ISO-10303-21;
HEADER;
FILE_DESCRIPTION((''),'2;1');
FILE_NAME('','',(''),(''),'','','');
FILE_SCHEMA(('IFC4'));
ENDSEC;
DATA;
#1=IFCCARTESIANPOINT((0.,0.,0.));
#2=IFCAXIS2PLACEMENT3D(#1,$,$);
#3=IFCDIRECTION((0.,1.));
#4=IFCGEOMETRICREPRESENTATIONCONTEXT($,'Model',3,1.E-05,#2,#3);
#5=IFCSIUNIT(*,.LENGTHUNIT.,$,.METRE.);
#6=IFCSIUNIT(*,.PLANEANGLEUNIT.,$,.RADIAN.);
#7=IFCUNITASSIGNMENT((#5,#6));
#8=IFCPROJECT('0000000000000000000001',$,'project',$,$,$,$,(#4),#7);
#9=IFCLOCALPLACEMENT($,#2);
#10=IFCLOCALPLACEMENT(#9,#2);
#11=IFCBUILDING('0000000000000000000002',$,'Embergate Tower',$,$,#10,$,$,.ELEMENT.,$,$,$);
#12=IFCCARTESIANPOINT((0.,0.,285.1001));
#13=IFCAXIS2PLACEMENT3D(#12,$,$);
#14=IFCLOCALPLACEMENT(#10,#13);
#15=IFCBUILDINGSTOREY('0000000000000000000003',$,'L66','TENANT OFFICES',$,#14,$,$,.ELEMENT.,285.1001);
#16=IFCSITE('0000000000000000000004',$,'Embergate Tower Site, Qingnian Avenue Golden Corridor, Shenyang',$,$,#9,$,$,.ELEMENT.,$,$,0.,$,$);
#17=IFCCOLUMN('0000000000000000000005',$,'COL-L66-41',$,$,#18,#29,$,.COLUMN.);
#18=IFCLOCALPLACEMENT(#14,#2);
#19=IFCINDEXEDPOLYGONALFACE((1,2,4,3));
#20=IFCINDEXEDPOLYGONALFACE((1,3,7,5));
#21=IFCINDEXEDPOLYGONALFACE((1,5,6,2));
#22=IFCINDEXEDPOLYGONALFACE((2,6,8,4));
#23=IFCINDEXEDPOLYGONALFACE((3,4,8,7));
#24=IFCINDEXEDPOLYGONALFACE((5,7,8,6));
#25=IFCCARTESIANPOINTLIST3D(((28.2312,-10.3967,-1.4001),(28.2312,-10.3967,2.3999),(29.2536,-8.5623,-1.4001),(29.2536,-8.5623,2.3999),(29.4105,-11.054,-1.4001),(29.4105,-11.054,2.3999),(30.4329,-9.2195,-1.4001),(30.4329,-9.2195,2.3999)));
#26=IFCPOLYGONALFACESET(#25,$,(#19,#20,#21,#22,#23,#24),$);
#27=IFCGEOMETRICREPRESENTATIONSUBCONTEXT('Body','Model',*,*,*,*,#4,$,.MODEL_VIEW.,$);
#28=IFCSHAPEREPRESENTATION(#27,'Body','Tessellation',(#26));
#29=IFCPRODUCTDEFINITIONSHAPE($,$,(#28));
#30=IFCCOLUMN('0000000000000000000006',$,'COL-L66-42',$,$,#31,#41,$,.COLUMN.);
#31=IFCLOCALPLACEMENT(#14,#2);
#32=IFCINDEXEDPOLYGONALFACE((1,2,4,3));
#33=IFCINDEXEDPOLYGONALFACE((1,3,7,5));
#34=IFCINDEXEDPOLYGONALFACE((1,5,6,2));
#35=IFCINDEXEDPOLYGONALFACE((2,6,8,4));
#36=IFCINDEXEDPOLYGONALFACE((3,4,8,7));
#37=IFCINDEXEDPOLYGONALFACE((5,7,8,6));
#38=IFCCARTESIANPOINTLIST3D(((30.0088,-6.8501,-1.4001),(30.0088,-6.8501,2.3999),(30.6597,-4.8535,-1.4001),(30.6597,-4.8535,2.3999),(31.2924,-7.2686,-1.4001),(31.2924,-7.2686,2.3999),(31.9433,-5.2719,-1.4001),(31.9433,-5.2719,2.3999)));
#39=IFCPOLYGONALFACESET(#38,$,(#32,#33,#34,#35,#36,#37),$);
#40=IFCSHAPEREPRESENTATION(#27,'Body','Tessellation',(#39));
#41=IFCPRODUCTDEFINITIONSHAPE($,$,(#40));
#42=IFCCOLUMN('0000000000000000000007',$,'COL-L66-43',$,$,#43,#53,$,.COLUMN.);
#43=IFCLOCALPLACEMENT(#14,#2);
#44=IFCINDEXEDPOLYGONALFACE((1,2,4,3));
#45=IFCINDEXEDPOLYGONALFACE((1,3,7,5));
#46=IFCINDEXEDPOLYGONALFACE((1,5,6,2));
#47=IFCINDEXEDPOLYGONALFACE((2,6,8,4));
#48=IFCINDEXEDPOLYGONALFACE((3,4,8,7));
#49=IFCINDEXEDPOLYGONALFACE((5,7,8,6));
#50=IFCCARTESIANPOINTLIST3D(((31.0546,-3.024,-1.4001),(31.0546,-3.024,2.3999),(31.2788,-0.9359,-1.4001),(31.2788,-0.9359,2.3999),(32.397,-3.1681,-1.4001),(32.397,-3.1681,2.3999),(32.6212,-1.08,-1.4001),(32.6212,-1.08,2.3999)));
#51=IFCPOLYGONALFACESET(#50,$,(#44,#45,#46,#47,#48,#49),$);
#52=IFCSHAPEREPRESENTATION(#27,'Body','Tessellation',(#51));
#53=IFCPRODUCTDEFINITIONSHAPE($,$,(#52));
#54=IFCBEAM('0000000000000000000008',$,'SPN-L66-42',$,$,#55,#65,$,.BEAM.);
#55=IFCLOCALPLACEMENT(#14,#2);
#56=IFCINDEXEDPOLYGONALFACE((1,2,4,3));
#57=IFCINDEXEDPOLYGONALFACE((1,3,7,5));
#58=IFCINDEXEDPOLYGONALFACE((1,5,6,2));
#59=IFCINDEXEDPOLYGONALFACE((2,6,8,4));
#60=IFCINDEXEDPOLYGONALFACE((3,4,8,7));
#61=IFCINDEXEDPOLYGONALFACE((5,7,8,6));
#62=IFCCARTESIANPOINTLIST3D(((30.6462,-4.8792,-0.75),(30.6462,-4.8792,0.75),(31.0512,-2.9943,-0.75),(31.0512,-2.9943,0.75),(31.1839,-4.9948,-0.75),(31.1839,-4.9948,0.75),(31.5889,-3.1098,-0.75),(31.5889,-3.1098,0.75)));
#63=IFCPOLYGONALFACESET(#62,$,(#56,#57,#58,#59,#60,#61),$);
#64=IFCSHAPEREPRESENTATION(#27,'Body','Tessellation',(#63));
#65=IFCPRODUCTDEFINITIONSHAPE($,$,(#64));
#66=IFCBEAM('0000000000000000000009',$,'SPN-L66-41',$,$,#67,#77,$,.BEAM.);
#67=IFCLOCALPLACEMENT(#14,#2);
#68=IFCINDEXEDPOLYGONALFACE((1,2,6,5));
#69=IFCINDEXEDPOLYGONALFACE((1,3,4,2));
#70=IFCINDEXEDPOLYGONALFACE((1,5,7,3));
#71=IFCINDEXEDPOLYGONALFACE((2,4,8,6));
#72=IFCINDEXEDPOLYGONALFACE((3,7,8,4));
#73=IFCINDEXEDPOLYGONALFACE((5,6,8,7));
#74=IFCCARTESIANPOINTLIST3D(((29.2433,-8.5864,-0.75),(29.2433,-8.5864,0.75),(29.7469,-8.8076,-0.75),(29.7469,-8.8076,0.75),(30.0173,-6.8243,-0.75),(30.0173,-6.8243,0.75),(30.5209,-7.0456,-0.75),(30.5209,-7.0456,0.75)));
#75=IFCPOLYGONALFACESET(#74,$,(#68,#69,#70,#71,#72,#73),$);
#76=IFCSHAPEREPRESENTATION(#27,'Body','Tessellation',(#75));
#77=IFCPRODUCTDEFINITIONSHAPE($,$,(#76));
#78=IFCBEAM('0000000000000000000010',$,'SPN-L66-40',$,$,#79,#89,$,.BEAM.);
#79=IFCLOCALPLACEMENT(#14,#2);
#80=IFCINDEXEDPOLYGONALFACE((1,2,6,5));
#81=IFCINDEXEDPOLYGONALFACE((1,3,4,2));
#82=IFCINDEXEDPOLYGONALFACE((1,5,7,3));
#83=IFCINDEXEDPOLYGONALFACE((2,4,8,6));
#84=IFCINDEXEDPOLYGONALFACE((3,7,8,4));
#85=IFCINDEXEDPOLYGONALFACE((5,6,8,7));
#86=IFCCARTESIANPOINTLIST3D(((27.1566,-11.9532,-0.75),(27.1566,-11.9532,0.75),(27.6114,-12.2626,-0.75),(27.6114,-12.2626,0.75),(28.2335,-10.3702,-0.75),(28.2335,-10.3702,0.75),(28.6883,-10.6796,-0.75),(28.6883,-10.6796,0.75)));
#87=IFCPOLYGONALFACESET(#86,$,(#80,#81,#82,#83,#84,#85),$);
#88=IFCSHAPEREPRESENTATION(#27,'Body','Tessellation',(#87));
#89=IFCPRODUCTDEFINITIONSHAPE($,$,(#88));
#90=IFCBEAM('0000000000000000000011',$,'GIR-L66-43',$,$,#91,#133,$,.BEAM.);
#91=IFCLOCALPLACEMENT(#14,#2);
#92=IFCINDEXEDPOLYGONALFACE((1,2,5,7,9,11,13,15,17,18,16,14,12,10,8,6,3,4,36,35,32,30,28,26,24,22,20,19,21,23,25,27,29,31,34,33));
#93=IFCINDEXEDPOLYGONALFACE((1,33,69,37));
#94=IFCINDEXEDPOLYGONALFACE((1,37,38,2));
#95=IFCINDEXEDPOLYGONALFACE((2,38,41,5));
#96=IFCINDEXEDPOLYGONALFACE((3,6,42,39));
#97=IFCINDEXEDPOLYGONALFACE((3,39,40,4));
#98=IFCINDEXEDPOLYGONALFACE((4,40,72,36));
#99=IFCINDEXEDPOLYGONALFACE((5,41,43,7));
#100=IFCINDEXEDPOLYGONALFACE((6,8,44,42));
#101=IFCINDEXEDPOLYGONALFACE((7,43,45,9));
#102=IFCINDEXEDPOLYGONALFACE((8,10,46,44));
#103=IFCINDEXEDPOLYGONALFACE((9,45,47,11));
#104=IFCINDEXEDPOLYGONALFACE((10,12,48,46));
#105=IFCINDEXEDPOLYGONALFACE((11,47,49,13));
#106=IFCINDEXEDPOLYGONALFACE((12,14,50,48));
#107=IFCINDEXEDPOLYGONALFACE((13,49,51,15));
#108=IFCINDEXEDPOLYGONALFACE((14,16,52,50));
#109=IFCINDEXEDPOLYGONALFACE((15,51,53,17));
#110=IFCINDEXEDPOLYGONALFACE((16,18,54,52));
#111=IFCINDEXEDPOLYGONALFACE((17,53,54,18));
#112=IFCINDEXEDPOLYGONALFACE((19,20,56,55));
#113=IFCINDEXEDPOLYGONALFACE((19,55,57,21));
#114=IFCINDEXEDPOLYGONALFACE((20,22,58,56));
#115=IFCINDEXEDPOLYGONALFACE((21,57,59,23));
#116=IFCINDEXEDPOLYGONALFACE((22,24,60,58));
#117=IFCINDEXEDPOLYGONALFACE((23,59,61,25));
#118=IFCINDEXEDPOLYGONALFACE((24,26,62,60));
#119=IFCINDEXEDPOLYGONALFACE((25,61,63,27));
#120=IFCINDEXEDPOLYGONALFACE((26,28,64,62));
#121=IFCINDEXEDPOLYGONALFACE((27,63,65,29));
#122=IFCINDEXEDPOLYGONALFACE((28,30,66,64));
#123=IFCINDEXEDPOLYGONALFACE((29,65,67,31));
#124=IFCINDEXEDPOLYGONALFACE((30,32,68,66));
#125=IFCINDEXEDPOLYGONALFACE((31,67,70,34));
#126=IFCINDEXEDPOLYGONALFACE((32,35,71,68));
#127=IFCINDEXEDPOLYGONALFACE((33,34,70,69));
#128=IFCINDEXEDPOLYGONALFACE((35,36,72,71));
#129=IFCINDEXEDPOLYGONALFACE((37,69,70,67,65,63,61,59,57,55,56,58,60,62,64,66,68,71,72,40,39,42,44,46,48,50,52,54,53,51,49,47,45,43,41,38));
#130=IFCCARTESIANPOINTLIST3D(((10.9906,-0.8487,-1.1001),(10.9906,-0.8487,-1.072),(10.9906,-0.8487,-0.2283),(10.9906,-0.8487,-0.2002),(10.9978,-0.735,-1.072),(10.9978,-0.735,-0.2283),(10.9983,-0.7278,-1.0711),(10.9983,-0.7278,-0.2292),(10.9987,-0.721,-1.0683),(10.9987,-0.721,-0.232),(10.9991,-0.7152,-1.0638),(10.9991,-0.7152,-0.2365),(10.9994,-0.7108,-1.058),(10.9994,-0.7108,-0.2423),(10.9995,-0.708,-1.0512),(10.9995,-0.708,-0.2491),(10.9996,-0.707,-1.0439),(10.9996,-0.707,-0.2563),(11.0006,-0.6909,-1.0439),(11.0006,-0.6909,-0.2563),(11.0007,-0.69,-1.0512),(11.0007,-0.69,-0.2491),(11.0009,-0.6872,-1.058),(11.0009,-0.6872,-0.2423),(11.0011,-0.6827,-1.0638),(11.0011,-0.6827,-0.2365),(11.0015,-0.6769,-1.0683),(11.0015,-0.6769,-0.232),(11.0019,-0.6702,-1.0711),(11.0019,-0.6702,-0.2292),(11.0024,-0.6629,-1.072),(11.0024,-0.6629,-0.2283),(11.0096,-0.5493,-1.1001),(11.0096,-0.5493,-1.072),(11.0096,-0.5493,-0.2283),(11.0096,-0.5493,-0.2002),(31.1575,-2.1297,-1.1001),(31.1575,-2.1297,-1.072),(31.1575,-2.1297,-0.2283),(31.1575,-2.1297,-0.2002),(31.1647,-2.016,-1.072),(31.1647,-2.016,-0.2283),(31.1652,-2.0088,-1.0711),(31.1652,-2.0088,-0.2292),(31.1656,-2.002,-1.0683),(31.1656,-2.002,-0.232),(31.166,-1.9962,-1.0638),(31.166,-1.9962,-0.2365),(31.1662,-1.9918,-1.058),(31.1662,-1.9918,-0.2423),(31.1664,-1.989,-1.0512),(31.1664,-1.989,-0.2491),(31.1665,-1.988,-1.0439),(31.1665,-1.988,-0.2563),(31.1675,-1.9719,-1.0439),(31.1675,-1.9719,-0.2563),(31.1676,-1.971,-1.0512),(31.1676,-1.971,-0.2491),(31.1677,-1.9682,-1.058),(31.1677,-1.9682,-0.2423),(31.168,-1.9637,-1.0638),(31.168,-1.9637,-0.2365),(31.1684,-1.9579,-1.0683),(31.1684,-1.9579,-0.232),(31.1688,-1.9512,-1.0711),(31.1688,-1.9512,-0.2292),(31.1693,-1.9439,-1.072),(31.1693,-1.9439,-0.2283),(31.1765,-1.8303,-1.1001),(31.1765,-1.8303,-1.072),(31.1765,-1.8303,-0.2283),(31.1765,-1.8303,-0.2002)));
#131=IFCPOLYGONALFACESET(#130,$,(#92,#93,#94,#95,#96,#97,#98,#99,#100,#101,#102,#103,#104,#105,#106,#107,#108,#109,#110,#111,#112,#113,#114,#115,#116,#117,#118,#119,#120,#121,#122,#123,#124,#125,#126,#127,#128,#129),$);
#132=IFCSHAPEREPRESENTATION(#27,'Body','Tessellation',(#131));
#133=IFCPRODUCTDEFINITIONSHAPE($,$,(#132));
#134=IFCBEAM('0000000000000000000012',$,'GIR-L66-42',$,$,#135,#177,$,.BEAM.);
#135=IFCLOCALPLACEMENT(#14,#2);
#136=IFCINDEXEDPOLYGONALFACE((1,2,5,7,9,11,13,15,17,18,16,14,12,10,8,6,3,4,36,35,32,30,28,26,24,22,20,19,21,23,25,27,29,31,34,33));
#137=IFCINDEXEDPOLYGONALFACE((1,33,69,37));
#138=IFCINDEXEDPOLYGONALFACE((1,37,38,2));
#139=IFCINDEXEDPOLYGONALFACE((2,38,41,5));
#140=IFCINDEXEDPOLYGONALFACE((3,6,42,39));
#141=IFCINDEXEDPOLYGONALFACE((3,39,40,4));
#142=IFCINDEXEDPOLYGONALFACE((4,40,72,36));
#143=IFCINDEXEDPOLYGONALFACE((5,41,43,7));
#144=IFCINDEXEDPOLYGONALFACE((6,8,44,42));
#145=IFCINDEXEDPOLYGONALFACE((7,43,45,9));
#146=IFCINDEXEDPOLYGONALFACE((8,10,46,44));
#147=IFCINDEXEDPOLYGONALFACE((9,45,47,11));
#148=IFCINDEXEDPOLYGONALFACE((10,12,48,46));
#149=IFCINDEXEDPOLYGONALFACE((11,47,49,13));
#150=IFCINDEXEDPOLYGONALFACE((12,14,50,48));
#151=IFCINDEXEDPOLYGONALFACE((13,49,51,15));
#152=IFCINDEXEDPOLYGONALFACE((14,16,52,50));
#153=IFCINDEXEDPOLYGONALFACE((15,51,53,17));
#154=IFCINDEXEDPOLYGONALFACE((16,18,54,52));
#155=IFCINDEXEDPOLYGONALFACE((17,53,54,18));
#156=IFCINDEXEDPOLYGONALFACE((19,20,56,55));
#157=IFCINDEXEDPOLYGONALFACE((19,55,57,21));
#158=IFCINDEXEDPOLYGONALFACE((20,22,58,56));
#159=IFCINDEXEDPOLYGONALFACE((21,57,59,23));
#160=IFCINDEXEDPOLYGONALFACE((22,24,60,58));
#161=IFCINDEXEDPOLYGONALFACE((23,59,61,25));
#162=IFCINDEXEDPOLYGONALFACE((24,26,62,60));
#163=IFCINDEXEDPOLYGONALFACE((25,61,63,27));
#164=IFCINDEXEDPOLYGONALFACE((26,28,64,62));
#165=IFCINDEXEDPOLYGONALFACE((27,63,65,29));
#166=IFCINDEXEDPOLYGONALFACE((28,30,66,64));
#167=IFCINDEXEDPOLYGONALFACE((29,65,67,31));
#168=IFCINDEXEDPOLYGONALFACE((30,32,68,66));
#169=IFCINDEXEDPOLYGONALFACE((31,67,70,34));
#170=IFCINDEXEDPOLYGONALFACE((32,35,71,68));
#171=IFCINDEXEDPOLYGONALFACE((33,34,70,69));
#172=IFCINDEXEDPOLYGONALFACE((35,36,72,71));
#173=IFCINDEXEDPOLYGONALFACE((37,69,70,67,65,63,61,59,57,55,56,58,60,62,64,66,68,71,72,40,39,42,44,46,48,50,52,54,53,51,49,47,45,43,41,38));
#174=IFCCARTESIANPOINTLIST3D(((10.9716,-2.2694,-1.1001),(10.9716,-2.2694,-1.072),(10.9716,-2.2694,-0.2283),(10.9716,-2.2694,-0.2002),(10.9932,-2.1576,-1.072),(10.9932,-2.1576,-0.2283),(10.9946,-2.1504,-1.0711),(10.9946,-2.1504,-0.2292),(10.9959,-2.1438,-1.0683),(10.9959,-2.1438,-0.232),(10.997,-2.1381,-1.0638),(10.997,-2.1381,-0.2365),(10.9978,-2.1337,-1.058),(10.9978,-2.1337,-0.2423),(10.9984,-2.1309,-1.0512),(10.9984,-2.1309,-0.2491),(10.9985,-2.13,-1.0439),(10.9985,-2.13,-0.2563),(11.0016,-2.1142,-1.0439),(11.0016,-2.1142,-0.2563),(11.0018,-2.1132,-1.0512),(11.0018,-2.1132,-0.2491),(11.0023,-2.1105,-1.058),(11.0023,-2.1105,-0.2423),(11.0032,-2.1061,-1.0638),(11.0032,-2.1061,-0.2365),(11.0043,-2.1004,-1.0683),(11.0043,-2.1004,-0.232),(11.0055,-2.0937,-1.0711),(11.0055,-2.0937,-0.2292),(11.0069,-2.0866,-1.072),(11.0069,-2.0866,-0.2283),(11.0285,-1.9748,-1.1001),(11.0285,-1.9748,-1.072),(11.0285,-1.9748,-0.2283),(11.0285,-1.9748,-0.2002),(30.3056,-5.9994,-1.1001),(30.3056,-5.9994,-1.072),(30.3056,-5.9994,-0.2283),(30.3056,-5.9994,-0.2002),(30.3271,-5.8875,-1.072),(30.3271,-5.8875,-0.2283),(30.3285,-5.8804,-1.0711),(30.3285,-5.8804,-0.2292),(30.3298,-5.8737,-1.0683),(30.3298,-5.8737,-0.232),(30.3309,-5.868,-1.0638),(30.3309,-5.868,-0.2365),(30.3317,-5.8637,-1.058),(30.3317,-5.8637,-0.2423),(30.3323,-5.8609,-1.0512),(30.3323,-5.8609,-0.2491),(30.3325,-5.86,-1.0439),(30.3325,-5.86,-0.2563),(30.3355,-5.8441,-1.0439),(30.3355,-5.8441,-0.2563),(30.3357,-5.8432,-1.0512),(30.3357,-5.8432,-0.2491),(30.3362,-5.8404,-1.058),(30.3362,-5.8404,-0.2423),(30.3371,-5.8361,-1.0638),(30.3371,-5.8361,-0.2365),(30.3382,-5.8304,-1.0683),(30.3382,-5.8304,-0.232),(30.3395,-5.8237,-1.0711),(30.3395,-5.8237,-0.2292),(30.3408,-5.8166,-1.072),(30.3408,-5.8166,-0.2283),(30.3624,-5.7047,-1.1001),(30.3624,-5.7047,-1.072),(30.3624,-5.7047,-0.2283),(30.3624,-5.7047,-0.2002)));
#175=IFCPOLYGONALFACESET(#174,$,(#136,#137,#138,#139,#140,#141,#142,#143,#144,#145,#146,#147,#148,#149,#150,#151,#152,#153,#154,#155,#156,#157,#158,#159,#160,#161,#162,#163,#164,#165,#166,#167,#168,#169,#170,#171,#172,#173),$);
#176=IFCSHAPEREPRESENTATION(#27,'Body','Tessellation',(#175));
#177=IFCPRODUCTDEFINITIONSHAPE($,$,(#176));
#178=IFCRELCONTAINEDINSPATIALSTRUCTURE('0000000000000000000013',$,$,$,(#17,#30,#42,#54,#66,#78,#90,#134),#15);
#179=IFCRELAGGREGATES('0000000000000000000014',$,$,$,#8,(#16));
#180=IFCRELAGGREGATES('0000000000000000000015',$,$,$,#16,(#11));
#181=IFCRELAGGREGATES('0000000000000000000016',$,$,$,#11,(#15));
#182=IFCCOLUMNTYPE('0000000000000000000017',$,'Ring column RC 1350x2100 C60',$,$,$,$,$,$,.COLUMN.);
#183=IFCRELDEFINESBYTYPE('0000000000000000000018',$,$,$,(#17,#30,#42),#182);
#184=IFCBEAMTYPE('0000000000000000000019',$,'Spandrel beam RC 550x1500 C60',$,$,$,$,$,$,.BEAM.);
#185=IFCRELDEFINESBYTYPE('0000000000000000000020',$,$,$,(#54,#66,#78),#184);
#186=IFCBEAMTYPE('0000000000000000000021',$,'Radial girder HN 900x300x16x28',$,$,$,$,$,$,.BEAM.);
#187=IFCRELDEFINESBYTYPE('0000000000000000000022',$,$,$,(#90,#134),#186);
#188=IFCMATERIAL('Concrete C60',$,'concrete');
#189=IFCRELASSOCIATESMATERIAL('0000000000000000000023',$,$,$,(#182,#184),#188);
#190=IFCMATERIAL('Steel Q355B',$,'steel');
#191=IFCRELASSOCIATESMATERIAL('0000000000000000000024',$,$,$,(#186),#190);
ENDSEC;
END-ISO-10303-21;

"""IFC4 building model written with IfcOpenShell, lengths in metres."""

from ifc_helpers import new_model, si_unit, direction, frame, origin, origin_2d, place, context, subcontext, project, spatial, rectangle, i_section, extrude, source, transform, mapped, material, material_profile, profile_set, type_object, element, save


model = new_model("IFC4")

# Units and contexts
model_context = context("Model", 3, precision=1e-05, world=origin(), true_north=direction((0.0, 1.0)))
body_context = subcontext(model_context, "Body", "Model", "MODEL_VIEW")
ifc_project = project(units=[si_unit("LENGTHUNIT", "METRE"), si_unit("PLANEANGLEUNIT", "RADIAN")], contexts=[model_context])

# Site, building, storey
site_placement = place(None, origin())
site = spatial("IfcSite", under=ifc_project, at=site_placement, Name="Embergate Tower Site, Qingnian Avenue Golden Corridor, Shenyang", CompositionType="ELEMENT", RefElevation=0.0)
building_placement = place(site_placement, origin())
building = spatial("IfcBuilding", under=site, at=building_placement, Name="Embergate Tower", CompositionType="ELEMENT")
storey_placement = place(building_placement, frame((0.0, 0.0, 285.1001)))
storey = spatial("IfcBuildingStorey", under=building, at=storey_placement, Name="L66", Description="TENANT OFFICES", CompositionType="ELEMENT", Elevation=285.1001)

# Columns
ifc_material_1 = material(Name="Concrete C60", Category="concrete")
ifc_material_profile_1 = material_profile(ifc_material_1, rectangle(XDim=1.3501, YDim=2.1001, at=origin_2d()), Name="RC 1350x2100")
ifc_profile_set_1 = profile_set([ifc_material_profile_1], Name="Concrete C60")
column_type = type_object("IfcColumnType", Name="Ring column RC 1350x2100 C60", PredefinedType="COLUMN", material=ifc_profile_set_1)
shared_shape_1 = source(origin(), body_context, "Body", "SweptSolid", [
    extrude(rectangle(XDim=1.3501, YDim=2.1001, at=origin_2d()), origin(), (0.0, 0.0, 1.0), 3.8),
])
for number, where, z_axis, x_axis, name in (
    (1, (29.332, -9.8081, -1.4001), (0.0, 0.0, 1.0), (0.873492, -0.486839, 0.0), "COL-L66-41"),
    (2, (30.9761, -6.061, -1.4001), (0.0, 0.0, 1.0), (0.950754, -0.309946, 0.0), "COL-L66-42"),
    (3, (31.8379, -2.052, -1.4001), (0.0, 0.0, 1.0), (0.994286, -0.10675, 0.0), "COL-L66-43"),
):
    element("IfcColumn", number, at=place(storey_placement, frame(where, z_axis=z_axis, x_axis=x_axis)), inside=storey, type_object=column_type, Name=name, PredefinedType="COLUMN", context=body_context, shape_type="MappedRepresentation", body=[
        mapped(shared_shape_1, transform((0.0, 0.0, 0.0))),
    ])

# Beams
ifc_material_profile_2 = material_profile(ifc_material_1, rectangle(XDim=0.55, YDim=1.5, at=origin_2d()), Name="RC 550x1500")
ifc_profile_set_2 = profile_set([ifc_material_profile_2], Name="Concrete C60")
beam_type_1 = type_object("IfcBeamType", Name="Spandrel beam RC 550x1500 C60", PredefinedType="BEAM", material=ifc_profile_set_2)
shared_shape_2 = source(origin(), body_context, "Body", "SweptSolid", [
    extrude(rectangle(XDim=0.55, YDim=1.5, at=origin_2d()), origin(), (0.0, 0.0, 1.0), 1.928),
])
beam_1_placement = place(storey_placement, frame((30.915, -4.937, 0.0), z_axis=(0.210074, 0.977686, 0.0), x_axis=(-0.977686, 0.210074, 0.0)))
element("IfcBeam", 4, at=beam_1_placement, inside=storey, type_object=beam_type_1, Name="SPN-L66-42", PredefinedType="BEAM", context=body_context, shape_type="MappedRepresentation", body=[
    mapped(shared_shape_2, transform((0.0, 0.0, 0.0))),
])
shared_shape_3 = source(origin(), body_context, "Body", "SweptSolid", [
    extrude(rectangle(XDim=0.55, YDim=1.5, at=origin_2d()), origin(), (0.0, 0.0, 1.0), 1.9246),
])
beam_2_placement = place(storey_placement, frame((29.4951, -8.697, 0.0), z_axis=(0.402156, 0.915571, 0.0), x_axis=(-0.915571, 0.402156, 0.0)))
element("IfcBeam", 5, at=beam_2_placement, inside=storey, type_object=beam_type_1, Name="SPN-L66-41", PredefinedType="BEAM", context=body_context, shape_type="MappedRepresentation", body=[
    mapped(shared_shape_3, transform((0.0, 0.0, 0.0))),
])
shared_shape_4 = source(origin(), body_context, "Body", "SweptSolid", [
    extrude(rectangle(XDim=0.55, YDim=1.5, at=origin_2d()), origin(), (0.0, 0.0, 1.0), 1.9146),
])
beam_3_placement = place(storey_placement, frame((27.384, -12.1079, 0.0), z_axis=(0.562474, 0.826815, 0.0), x_axis=(-0.826815, 0.562474, 0.0)))
element("IfcBeam", 6, at=beam_3_placement, inside=storey, type_object=beam_type_1, Name="SPN-L66-40", PredefinedType="BEAM", context=body_context, shape_type="MappedRepresentation", body=[
    mapped(shared_shape_4, transform((0.0, 0.0, 0.0))),
])
ifc_material_2 = material(Name="Steel Q355B", Category="steel")
ifc_material_profile_3 = material_profile(ifc_material_2, i_section(OverallWidth=0.3, OverallDepth=0.8999, WebThickness=0.0161, FlangeThickness=0.0281, FilletRadius=0.0281, at=origin_2d()), Name="HN 900x300x16x28")
ifc_profile_set_3 = profile_set([ifc_material_profile_3], Name="Steel Q355 grade B")
beam_type_2 = type_object("IfcBeamType", Name="Radial girder HN 900x300x16x28", PredefinedType="BEAM", material=ifc_profile_set_3)
shared_shape_5 = source(origin(), body_context, "Body", "SweptSolid", [
    extrude(i_section(OverallWidth=0.3, OverallDepth=0.8999, WebThickness=0.0161, FlangeThickness=0.0281, FilletRadius=0.0281, at=origin_2d()), origin(), (0.0, 0.0, 1.0), 20.2075),
])
beam_4_placement = place(storey_placement, frame((31.167, -1.98, -0.6501), z_axis=(-0.997989, 0.063392, 0.0), x_axis=(-0.063392, -0.997989, 0.0)))
element("IfcBeam", 7, at=beam_4_placement, inside=storey, type_object=beam_type_2, Name="GIR-L66-43", PredefinedType="BEAM", context=body_context, shape_type="MappedRepresentation", body=[
    mapped(shared_shape_5, transform((0.0, 0.0, 0.0))),
])
shared_shape_6 = source(origin(), body_context, "Body", "SweptSolid", [
    extrude(i_section(OverallWidth=0.3, OverallDepth=0.8999, WebThickness=0.0161, FlangeThickness=0.0281, FilletRadius=0.0281, at=origin_2d()), origin(), (0.0, 0.0, 1.0), 19.6904),
])
beam_5_placement = place(storey_placement, frame((30.334, -5.8521, -0.6501), z_axis=(-0.981894, 0.18943, 0.0), x_axis=(-0.18943, -0.981894, 0.0)))
element("IfcBeam", 8, at=beam_5_placement, inside=storey, type_object=beam_type_2, Name="GIR-L66-42", PredefinedType="BEAM", context=body_context, shape_type="MappedRepresentation", body=[
    mapped(shared_shape_6, transform((0.0, 0.0, 0.0))),
])

save(model, "model.ifc")
